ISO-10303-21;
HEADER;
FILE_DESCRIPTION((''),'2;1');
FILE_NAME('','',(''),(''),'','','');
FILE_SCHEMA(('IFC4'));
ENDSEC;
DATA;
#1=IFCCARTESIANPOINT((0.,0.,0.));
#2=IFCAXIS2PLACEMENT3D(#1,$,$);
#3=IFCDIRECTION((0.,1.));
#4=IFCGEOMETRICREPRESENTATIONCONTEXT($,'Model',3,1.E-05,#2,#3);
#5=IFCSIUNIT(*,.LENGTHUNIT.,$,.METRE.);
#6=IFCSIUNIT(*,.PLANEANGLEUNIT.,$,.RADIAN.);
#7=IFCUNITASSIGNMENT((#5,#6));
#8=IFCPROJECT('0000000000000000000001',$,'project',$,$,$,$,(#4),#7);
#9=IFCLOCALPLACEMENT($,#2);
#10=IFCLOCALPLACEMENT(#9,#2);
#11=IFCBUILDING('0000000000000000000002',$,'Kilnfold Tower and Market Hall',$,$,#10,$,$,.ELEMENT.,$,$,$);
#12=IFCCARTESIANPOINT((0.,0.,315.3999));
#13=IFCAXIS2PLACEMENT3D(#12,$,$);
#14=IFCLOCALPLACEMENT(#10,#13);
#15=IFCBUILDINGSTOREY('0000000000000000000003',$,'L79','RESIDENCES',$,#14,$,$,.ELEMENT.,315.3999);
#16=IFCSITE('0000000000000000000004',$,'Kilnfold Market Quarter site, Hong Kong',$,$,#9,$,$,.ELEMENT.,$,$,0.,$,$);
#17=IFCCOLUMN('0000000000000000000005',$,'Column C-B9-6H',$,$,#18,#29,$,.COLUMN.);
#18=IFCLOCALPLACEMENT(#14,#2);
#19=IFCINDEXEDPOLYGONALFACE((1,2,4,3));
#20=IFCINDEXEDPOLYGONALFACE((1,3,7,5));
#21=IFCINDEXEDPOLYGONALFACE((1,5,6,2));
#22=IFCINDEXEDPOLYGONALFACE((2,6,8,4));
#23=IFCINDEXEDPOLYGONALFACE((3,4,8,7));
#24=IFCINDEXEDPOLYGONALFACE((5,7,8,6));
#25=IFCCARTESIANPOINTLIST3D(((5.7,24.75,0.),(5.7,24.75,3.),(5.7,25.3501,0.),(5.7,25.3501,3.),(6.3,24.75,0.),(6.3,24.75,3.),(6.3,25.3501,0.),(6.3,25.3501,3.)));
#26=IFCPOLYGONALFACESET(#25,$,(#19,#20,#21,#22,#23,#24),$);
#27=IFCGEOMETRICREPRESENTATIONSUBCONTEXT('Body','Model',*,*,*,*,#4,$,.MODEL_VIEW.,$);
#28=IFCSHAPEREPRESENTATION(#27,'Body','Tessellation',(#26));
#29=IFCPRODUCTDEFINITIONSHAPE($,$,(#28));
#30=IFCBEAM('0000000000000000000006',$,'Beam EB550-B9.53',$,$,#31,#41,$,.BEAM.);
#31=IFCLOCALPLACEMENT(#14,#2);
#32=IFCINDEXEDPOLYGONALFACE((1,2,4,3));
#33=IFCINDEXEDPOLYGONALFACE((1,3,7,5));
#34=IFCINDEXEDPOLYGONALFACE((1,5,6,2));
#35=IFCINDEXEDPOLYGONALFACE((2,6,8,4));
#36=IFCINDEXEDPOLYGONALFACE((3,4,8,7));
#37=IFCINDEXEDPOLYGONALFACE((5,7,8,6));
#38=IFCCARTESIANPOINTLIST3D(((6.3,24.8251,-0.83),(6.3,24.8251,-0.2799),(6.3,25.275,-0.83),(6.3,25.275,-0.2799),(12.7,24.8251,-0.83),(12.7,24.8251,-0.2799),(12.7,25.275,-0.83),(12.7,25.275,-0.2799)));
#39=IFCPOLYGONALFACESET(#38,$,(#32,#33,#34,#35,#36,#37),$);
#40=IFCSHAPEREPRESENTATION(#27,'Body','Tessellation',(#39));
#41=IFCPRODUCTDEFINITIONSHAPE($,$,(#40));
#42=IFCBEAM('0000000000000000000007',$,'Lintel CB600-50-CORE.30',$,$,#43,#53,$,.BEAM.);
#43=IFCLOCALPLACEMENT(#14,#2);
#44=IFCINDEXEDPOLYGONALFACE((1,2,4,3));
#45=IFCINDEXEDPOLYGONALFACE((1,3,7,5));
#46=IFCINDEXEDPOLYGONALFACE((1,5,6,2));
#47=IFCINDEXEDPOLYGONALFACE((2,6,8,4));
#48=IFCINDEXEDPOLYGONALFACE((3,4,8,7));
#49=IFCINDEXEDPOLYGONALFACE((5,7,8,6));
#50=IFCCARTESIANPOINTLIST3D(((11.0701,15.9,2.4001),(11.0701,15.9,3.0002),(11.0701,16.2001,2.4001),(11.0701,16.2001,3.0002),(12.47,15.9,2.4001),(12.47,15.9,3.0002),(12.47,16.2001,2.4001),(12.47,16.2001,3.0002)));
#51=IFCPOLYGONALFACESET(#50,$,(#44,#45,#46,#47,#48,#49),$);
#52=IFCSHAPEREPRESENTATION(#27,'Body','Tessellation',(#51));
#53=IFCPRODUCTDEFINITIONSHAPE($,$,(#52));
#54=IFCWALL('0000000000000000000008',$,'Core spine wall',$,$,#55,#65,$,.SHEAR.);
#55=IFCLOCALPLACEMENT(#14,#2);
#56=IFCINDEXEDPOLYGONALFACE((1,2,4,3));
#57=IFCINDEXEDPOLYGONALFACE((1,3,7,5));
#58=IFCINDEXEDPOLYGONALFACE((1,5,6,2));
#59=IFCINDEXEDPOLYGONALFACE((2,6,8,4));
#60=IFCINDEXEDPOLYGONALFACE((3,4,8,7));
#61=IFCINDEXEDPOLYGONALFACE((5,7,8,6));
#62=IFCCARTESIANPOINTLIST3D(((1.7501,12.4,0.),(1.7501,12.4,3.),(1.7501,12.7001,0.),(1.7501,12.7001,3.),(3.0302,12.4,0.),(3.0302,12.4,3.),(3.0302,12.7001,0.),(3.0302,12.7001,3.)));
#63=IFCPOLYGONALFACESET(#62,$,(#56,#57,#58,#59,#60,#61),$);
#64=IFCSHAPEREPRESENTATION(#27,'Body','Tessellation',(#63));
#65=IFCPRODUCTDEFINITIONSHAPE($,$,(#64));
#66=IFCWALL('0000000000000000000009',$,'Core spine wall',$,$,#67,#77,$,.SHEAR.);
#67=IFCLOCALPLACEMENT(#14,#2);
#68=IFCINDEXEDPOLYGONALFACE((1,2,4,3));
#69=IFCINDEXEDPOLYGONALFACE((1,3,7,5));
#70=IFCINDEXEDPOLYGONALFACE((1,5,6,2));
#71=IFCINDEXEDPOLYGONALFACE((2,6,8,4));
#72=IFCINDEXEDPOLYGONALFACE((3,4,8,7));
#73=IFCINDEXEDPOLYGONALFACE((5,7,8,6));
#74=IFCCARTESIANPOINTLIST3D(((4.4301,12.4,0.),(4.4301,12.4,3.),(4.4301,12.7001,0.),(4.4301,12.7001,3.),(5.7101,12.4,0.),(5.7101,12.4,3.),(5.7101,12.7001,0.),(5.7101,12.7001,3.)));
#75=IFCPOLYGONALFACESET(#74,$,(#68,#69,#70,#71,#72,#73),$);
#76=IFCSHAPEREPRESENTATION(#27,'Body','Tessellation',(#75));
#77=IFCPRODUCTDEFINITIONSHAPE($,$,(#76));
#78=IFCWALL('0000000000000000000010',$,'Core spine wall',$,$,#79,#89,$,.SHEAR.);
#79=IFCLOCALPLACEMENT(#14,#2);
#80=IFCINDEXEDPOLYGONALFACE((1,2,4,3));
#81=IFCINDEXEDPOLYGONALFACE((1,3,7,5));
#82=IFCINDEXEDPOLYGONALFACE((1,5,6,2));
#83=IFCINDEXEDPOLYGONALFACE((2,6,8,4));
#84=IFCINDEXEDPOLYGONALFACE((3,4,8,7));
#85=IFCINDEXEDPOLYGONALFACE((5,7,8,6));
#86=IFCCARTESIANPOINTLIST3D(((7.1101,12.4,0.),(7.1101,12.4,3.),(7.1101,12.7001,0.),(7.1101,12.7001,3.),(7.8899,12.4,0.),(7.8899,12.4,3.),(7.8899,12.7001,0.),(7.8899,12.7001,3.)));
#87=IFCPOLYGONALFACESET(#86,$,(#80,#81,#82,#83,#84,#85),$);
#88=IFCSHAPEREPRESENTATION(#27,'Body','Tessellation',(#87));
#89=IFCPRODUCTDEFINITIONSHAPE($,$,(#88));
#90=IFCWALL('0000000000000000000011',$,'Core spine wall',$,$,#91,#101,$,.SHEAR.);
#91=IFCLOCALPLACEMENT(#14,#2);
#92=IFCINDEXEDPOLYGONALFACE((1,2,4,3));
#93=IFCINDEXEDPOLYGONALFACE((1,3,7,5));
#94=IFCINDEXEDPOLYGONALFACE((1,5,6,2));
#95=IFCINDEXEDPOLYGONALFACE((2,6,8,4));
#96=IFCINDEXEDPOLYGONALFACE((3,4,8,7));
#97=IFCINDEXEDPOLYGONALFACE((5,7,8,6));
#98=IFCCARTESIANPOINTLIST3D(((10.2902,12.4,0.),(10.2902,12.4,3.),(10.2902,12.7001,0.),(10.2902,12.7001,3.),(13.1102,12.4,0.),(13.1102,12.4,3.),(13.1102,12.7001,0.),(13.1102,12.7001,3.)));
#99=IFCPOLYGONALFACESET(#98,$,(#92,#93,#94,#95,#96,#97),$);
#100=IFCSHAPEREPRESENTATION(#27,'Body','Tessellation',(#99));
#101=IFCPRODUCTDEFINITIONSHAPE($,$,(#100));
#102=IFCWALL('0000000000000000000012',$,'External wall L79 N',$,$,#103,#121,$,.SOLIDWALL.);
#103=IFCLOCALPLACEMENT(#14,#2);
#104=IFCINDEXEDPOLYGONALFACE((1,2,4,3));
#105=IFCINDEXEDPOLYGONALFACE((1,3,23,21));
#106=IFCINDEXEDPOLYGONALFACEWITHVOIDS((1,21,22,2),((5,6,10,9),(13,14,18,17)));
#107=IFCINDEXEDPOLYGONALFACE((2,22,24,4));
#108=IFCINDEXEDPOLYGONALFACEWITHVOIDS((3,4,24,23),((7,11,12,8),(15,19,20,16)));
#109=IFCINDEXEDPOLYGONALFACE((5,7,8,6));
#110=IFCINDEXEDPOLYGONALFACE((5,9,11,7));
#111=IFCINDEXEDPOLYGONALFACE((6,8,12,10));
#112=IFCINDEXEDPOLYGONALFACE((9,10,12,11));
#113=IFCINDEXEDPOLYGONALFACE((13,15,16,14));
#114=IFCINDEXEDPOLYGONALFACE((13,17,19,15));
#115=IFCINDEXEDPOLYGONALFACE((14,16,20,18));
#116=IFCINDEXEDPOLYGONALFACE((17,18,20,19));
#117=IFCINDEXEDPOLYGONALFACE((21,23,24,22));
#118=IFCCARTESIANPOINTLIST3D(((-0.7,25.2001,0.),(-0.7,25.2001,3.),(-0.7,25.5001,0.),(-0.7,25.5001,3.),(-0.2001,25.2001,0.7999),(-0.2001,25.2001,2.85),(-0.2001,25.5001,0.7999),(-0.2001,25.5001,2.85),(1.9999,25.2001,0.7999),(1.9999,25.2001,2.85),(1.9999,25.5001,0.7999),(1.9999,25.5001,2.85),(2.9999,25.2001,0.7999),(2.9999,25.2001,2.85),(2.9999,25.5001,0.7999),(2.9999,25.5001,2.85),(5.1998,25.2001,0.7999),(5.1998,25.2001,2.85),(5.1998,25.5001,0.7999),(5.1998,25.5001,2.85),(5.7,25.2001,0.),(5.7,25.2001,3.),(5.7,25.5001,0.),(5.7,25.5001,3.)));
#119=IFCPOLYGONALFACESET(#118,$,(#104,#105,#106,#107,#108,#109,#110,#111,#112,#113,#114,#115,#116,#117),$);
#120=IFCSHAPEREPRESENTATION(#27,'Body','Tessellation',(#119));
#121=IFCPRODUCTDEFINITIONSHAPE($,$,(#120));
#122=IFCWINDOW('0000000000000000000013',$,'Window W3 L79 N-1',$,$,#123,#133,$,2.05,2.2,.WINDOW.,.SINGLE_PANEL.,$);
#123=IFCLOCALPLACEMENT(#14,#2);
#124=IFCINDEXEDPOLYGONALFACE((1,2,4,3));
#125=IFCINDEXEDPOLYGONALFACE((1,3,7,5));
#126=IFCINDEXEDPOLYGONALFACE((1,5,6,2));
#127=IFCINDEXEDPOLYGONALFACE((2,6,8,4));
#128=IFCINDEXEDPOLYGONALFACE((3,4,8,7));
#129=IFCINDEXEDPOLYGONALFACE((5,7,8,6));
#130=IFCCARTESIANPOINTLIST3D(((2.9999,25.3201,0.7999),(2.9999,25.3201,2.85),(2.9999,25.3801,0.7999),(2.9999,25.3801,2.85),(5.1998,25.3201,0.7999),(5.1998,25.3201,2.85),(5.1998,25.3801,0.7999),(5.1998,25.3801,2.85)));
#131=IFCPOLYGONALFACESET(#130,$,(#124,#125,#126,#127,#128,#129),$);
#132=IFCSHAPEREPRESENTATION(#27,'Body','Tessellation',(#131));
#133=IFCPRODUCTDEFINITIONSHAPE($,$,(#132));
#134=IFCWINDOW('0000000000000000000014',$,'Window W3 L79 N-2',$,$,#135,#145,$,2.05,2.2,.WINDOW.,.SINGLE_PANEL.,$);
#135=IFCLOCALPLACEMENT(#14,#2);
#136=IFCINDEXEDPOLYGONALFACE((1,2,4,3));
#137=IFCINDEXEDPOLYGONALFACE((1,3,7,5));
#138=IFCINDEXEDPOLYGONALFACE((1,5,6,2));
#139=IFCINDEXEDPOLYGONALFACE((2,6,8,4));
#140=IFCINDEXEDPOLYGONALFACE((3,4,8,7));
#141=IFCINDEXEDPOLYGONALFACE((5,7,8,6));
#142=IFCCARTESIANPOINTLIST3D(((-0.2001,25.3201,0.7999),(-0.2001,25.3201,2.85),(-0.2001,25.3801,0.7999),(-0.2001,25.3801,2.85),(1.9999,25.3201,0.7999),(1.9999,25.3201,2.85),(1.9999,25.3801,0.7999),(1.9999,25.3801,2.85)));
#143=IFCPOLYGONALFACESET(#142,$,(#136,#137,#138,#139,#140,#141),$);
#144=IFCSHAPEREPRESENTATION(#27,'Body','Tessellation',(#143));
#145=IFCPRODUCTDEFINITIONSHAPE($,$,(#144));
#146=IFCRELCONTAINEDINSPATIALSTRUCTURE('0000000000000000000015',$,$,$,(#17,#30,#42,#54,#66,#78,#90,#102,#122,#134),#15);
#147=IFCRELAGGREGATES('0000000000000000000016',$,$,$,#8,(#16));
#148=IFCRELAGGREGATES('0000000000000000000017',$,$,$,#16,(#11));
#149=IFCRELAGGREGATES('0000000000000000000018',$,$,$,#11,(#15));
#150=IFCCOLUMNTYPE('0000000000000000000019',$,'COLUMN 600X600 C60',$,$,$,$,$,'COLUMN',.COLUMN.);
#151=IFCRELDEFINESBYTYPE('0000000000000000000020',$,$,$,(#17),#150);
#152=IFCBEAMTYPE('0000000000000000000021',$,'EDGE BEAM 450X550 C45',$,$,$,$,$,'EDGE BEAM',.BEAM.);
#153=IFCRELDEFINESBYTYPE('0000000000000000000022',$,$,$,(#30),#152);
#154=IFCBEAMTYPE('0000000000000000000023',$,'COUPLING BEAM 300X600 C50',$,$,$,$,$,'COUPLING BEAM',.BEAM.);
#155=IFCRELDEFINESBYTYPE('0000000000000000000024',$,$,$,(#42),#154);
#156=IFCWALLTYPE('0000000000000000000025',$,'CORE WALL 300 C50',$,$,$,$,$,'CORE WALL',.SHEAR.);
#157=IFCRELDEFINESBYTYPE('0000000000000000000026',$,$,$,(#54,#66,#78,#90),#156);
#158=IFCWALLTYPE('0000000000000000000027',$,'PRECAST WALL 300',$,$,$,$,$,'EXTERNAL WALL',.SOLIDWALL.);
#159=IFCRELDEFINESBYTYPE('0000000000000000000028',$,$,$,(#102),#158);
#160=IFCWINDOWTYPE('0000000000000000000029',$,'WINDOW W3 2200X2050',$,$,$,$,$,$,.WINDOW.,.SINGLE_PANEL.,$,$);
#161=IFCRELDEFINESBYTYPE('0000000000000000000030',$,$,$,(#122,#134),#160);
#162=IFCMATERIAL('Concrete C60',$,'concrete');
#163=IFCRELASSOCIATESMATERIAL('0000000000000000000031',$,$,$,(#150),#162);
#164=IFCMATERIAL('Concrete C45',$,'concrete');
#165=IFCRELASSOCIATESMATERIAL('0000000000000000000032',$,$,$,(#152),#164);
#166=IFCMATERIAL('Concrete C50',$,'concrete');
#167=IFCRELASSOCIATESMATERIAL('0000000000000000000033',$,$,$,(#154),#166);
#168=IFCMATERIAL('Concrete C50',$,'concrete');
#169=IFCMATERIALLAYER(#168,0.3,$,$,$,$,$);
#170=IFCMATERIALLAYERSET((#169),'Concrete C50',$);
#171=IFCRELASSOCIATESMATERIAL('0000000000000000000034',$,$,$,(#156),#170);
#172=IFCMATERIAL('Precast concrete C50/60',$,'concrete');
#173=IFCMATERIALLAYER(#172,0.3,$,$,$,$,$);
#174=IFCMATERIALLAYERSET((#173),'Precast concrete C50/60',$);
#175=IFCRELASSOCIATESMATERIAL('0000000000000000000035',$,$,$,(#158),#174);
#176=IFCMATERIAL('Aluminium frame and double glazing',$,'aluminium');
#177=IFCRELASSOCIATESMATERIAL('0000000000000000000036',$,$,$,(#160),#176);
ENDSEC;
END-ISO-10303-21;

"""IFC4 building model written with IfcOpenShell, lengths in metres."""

from ifc_helpers import new_model, si_unit, direction, frame, frame_2d, origin, origin_2d, place, context, subcontext, project, spatial, rectangle, extrude, source, transform, mapped, material, layer, layer_set, material_profile, profile_set, type_object, element, fill, save


model = new_model("IFC4")

# Units and contexts
model_context = context("Model", 3, precision=1e-05, world=origin(), true_north=direction((0.0, 1.0)))
body_context = subcontext(model_context, "Body", "Model", "MODEL_VIEW")
ifc_project = project(units=[si_unit("LENGTHUNIT", "METRE"), si_unit("PLANEANGLEUNIT", "RADIAN")], contexts=[model_context])

# Site, building, storey
site_placement = place(None, origin())
site = spatial("IfcSite", under=ifc_project, at=site_placement, Name="Kilnfold Market Quarter site, Hong Kong", CompositionType="ELEMENT", RefElevation=0.0)
building_placement = place(site_placement, origin())
building = spatial("IfcBuilding", under=site, at=building_placement, Name="Kilnfold Tower and Market Hall", CompositionType="ELEMENT")
storey_placement = place(building_placement, frame((0.0, 0.0, 315.3999)))
storey = spatial("IfcBuildingStorey", under=building, at=storey_placement, Name="L79", Description="RESIDENCES", CompositionType="ELEMENT", Elevation=315.3999)

# Column
ifc_material_1 = material(Name="Concrete C60", Category="concrete")
ifc_material_profile_1 = material_profile(ifc_material_1, rectangle(XDim=0.6001, YDim=0.6001, at=origin_2d()), Name="RC 600x600")
ifc_profile_set_1 = profile_set([ifc_material_profile_1], Name="Concrete C60")
column_type = type_object("IfcColumnType", Name="COLUMN 600X600 C60", ElementType="COLUMN", PredefinedType="COLUMN", material=ifc_profile_set_1)
shared_shape_1 = source(origin(), body_context, "Body", "SweptSolid", [
    extrude(rectangle(XDim=0.6001, YDim=0.6001, at=origin_2d()), origin(), (0.0, 0.0, 1.0), 3.0),
])
column_placement = place(storey_placement, frame((6.0, 25.05, 0.0), z_axis=(0.0, 0.0, 1.0), x_axis=(1.0, 0.0, 0.0)))
element("IfcColumn", 1, at=column_placement, inside=storey, type_object=column_type, Name="Column C-B9-6H", PredefinedType="COLUMN", context=body_context, shape_type="MappedRepresentation", body=[
    mapped(shared_shape_1, transform((0.0, 0.0, 0.0))),
])

# Beams
ifc_material_2 = material(Name="Concrete C45", Category="concrete")
ifc_material_profile_2 = material_profile(ifc_material_2, rectangle(XDim=0.45, YDim=0.55, at=origin_2d()), Name="RC 450x550")
ifc_profile_set_2 = profile_set([ifc_material_profile_2], Name="Concrete C45")
beam_type_1 = type_object("IfcBeamType", Name="EDGE BEAM 450X550 C45", ElementType="EDGE BEAM", PredefinedType="BEAM", material=ifc_profile_set_2)
shared_shape_2 = source(origin(), body_context, "Body", "SweptSolid", [
    extrude(rectangle(XDim=0.45, YDim=0.55, at=origin_2d()), origin(), (0.0, 0.0, 1.0), 6.3999),
])
beam_1_placement = place(storey_placement, frame((6.3, 25.05, -0.5549), z_axis=(1.0, 0.0, 0.0), x_axis=(0.0, 1.0, 0.0)))
element("IfcBeam", 2, at=beam_1_placement, inside=storey, type_object=beam_type_1, Name="Beam EB550-B9.53", PredefinedType="BEAM", context=body_context, shape_type="MappedRepresentation", body=[
    mapped(shared_shape_2, transform((0.0, 0.0, 0.0))),
])
ifc_material_3 = material(Name="Concrete C50", Category="concrete")
ifc_material_profile_3 = material_profile(ifc_material_3, rectangle(XDim=0.3, YDim=0.6001, at=origin_2d()), Name="RC 300x600")
ifc_profile_set_3 = profile_set([ifc_material_profile_3], Name="Concrete C50")
beam_type_2 = type_object("IfcBeamType", Name="COUPLING BEAM 300X600 C50", ElementType="COUPLING BEAM", PredefinedType="BEAM", material=ifc_profile_set_3)
shared_shape_3 = source(origin(), body_context, "Body", "SweptSolid", [
    extrude(rectangle(XDim=0.3, YDim=0.6001, at=origin_2d()), origin(), (0.0, 0.0, 1.0), 1.3999),
])
beam_2_placement = place(storey_placement, frame((11.0701, 16.05, 2.7002), z_axis=(1.0, 0.0, 0.0), x_axis=(0.0, 1.0, 0.0)))
element("IfcBeam", 3, at=beam_2_placement, inside=storey, type_object=beam_type_2, Name="Lintel CB600-50-CORE.30", PredefinedType="BEAM", context=body_context, shape_type="MappedRepresentation", body=[
    mapped(shared_shape_3, transform((0.0, 0.0, 0.0))),
])

# Walls
ifc_material_4 = material(Name="Concrete C50", Category="concrete")
ifc_layer_1 = layer(ifc_material_4, 0.3)
ifc_layer_set_1 = layer_set([ifc_layer_1], Name="Concrete C50")
wall_type_1 = type_object("IfcWallType", Name="CORE WALL 300 C50", ElementType="CORE WALL", PredefinedType="SHEAR", material=ifc_layer_set_1)
shared_shape_4 = source(origin(), body_context, "Body", "SweptSolid", [
    extrude(rectangle(XDim=1.28, YDim=0.3, at=frame_2d((0.6401, 0.0))), origin(), (0.0, 0.0, 1.0), 3.0),
])
for number, where, z_axis, x_axis, name in (
    (4, (1.75, 12.55, 0.0), (0.0, 0.0, 1.0), (1.0, 0.0, 0.0), "Core spine wall"),
    (5, (4.4299, 12.55, 0.0), (0.0, 0.0, 1.0), (1.0, 0.0, 0.0), "Core spine wall"),
):
    element("IfcWall", number, at=place(storey_placement, frame(where, z_axis=z_axis, x_axis=x_axis)), inside=storey, type_object=wall_type_1, Name=name, PredefinedType="SHEAR", context=body_context, shape_type="MappedRepresentation", body=[
        mapped(shared_shape_4, transform((0.0, 0.0, 0.0))),
    ])
shared_shape_5 = source(origin(), body_context, "Body", "SweptSolid", [
    extrude(rectangle(XDim=0.7798, YDim=0.3, at=frame_2d((0.3899, 0.0))), origin(), (0.0, 0.0, 1.0), 3.0),
])
wall_1_placement = place(storey_placement, frame((7.1101, 12.55, 0.0), z_axis=(0.0, 0.0, 1.0), x_axis=(1.0, 0.0, 0.0)))
element("IfcWall", 6, at=wall_1_placement, inside=storey, type_object=wall_type_1, Name="Core spine wall", PredefinedType="SHEAR", context=body_context, shape_type="MappedRepresentation", body=[
    mapped(shared_shape_5, transform((0.0, 0.0, 0.0))),
])
shared_shape_6 = source(origin(), body_context, "Body", "SweptSolid", [
    extrude(rectangle(XDim=2.8201, YDim=0.3, at=frame_2d((1.4102, 0.0))), origin(), (0.0, 0.0, 1.0), 3.0),
])
wall_2_placement = place(storey_placement, frame((10.29, 12.55, 0.0), z_axis=(0.0, 0.0, 1.0), x_axis=(1.0, 0.0, 0.0)))
element("IfcWall", 7, at=wall_2_placement, inside=storey, type_object=wall_type_1, Name="Core spine wall", PredefinedType="SHEAR", context=body_context, shape_type="MappedRepresentation", body=[
    mapped(shared_shape_6, transform((0.0, 0.0, 0.0))),
])

# Wall, openings, windows
ifc_material_5 = material(Name="Precast concrete C50/60", Category="concrete")
ifc_layer_2 = layer(ifc_material_5, 0.3)
ifc_layer_set_2 = layer_set([ifc_layer_2], Name="Precast concrete C50/60")
wall_type_2 = type_object("IfcWallType", Name="PRECAST WALL 300", ElementType="EXTERNAL WALL", PredefinedType="SOLIDWALL", material=ifc_layer_set_2)
shared_shape_7 = source(origin(), body_context, "Body", "SweptSolid", [
    extrude(rectangle(XDim=6.3999, YDim=0.3, at=frame_2d((3.2, 0.0))), origin(), (0.0, 0.0, 1.0), 3.0),
])
wall_3_placement = place(storey_placement, frame((5.7, 25.3501, 0.0), z_axis=(0.0, 0.0, 1.0), x_axis=(-1.0, 0.0, 0.0)))
wall_3 = element("IfcWall", 8, at=wall_3_placement, inside=storey, type_object=wall_type_2, Name="External wall L79 N", PredefinedType="SOLIDWALL", context=body_context, shape_type="MappedRepresentation", body=[
    mapped(shared_shape_7, transform((0.0, 0.0, 0.0))),
])
opening_1_placement = place(wall_3_placement, frame((0.5, 0.0, 0.8)))
opening_1 = element("IfcOpeningElement", 9, at=opening_1_placement, cuts=wall_3, PredefinedType="OPENING", context=body_context, shape_type="SweptSolid", body=[
    extrude(rectangle(XDim=2.2, YDim=2.05, at=frame_2d((1.1001, 1.0249))), frame((0.0, 0.1602, 0.0), z_axis=(0.0, -1.0, 0.0), x_axis=(1.0, 0.0, 0.0)), (0.0, 0.0, 1.0), 0.3201),
])
opening_2_placement = place(wall_3_placement, frame((3.7, 0.0, 0.8)))
opening_2 = element("IfcOpeningElement", 10, at=opening_2_placement, cuts=wall_3, PredefinedType="OPENING", context=body_context, shape_type="SweptSolid", body=[
    extrude(rectangle(XDim=2.2, YDim=2.05, at=frame_2d((1.1001, 1.0249))), frame((0.0, 0.1602, 0.0), z_axis=(0.0, -1.0, 0.0), x_axis=(1.0, 0.0, 0.0)), (0.0, 0.0, 1.0), 0.3201),
])
ifc_material_6 = material(Name="Aluminium frame and double glazing", Category="aluminium")
window_type = type_object("IfcWindowType", Name="WINDOW W3 2200X2050", PartitioningType="SINGLE_PANEL", PredefinedType="WINDOW", material=ifc_material_6)
window_1_placement = place(opening_1_placement, origin())
window_1 = element("IfcWindow", 11, at=window_1_placement, inside=storey, type_object=window_type, Name="Window W3 L79 N-1", OverallHeight=2.05, OverallWidth=2.2, PartitioningType="SINGLE_PANEL", PredefinedType="WINDOW", context=body_context, shape_type="SweptSolid", body=[
    extrude(rectangle(XDim=2.2, YDim=2.05, at=frame_2d((1.1001, 1.0249))), frame((0.0, 0.03, 0.0), z_axis=(0.0, -1.0, 0.0), x_axis=(1.0, 0.0, 0.0)), (0.0, 0.0, 1.0), 0.0601),
])
fill(opening_1, window_1)
window_2_placement = place(opening_2_placement, origin())
window_2 = element("IfcWindow", 12, at=window_2_placement, inside=storey, type_object=window_type, Name="Window W3 L79 N-2", OverallHeight=2.05, OverallWidth=2.2, PartitioningType="SINGLE_PANEL", PredefinedType="WINDOW", context=body_context, shape_type="SweptSolid", body=[
    extrude(rectangle(XDim=2.2, YDim=2.05, at=frame_2d((1.1001, 1.0249))), frame((0.0, 0.03, 0.0), z_axis=(0.0, -1.0, 0.0), x_axis=(1.0, 0.0, 0.0)), (0.0, 0.0, 1.0), 0.0601),
])
fill(opening_2, window_2)

save(model, "model.ifc")
